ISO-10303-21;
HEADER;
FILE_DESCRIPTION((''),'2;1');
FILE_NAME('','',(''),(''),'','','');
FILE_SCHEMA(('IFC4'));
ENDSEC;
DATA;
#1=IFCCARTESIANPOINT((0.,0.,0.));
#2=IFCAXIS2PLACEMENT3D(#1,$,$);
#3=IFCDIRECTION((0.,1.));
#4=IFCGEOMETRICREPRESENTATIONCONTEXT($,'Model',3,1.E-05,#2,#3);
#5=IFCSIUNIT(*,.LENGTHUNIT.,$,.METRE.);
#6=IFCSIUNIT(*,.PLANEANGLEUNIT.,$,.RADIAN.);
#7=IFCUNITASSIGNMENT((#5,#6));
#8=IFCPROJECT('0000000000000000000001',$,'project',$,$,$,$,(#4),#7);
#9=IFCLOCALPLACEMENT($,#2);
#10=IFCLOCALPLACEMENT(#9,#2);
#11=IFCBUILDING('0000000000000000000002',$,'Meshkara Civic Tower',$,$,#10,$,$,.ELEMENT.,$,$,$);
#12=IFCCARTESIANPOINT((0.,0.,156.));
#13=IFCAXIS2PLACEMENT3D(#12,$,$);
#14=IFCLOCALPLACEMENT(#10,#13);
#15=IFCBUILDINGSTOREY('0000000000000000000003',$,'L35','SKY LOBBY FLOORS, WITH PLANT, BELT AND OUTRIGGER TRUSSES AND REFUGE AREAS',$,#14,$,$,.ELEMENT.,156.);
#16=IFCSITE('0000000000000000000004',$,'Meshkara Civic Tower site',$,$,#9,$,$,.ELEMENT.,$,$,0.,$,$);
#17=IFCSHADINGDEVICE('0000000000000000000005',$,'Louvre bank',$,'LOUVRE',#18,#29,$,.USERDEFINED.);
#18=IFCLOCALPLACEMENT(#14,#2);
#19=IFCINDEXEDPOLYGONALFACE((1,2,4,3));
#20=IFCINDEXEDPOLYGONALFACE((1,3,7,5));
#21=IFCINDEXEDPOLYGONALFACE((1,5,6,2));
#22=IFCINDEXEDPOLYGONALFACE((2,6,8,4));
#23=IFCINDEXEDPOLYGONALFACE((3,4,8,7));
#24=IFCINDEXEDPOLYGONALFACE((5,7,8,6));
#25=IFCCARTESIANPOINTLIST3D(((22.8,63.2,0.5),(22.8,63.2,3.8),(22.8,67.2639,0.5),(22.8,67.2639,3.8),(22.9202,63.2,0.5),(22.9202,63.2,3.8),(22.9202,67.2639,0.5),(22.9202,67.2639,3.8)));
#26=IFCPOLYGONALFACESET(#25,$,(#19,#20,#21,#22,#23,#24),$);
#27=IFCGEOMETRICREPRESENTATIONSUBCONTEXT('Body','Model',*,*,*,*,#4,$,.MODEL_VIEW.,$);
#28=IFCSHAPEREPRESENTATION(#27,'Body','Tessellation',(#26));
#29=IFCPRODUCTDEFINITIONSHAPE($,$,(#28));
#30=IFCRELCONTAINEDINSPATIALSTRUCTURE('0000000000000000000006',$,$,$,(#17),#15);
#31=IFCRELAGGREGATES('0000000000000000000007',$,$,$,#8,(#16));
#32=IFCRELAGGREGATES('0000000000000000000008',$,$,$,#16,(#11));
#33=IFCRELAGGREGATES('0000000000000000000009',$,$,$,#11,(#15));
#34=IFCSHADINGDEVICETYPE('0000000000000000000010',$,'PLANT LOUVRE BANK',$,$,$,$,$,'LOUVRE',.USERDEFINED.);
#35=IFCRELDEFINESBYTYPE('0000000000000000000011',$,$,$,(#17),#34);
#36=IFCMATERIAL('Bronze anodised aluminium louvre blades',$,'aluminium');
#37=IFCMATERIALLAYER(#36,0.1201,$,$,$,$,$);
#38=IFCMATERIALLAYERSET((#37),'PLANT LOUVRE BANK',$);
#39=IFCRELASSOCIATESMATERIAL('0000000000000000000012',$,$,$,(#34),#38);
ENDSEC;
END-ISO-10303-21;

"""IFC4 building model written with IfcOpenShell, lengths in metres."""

from ifc_helpers import new_model, si_unit, direction, frame, origin, origin_2d, place, context, subcontext, project, spatial, rectangle, extrude, material, layer, layer_set, type_object, element, save


model = new_model("IFC4")

# Units and contexts
model_context = context("Model", 3, precision=1e-05, world=origin(), true_north=direction((0.0, 1.0)))
body_context = subcontext(model_context, "Body", "Model", "MODEL_VIEW")
ifc_project = project(units=[si_unit("LENGTHUNIT", "METRE"), si_unit("PLANEANGLEUNIT", "RADIAN")], contexts=[model_context])

# Site, building, storey
site_placement = place(None, origin())
site = spatial("IfcSite", under=ifc_project, at=site_placement, Name="Meshkara Civic Tower site", CompositionType="ELEMENT", RefElevation=0.0)
building_placement = place(site_placement, origin())
building = spatial("IfcBuilding", under=site, at=building_placement, Name="Meshkara Civic Tower", CompositionType="ELEMENT")
storey_placement = place(building_placement, frame((0.0, 0.0, 156.0)))
storey = spatial("IfcBuildingStorey", under=building, at=storey_placement, Name="L35", Description="SKY LOBBY FLOORS, WITH PLANT, BELT AND OUTRIGGER TRUSSES AND REFUGE AREAS", CompositionType="ELEMENT", Elevation=156.0)

# Shading device
ifc_material_1 = material(Name="Bronze anodised aluminium louvre blades", Category="aluminium")
ifc_layer_1 = layer(ifc_material_1, 0.1201)
ifc_layer_set_1 = layer_set([ifc_layer_1], Name="PLANT LOUVRE BANK")
shading_device_type = type_object("IfcShadingDeviceType", Name="PLANT LOUVRE BANK", ElementType="LOUVRE", PredefinedType="USERDEFINED", material=ifc_layer_set_1)
shading_device_placement = place(storey_placement, frame((22.8601, 65.2319, 0.5), z_axis=(0.0, 0.0, 1.0), x_axis=(0.0, 1.0, 0.0)))
element("IfcShadingDevice", 1, at=shading_device_placement, inside=storey, type_object=shading_device_type, Name="Louvre bank", ObjectType="LOUVRE", PredefinedType="USERDEFINED", context=body_context, shape_type="SweptSolid", body=[
    extrude(rectangle(XDim=4.064, YDim=0.1201, at=origin_2d()), origin(), (0.0, 0.0, 1.0), 3.3),
])

save(model, "model.ifc")
